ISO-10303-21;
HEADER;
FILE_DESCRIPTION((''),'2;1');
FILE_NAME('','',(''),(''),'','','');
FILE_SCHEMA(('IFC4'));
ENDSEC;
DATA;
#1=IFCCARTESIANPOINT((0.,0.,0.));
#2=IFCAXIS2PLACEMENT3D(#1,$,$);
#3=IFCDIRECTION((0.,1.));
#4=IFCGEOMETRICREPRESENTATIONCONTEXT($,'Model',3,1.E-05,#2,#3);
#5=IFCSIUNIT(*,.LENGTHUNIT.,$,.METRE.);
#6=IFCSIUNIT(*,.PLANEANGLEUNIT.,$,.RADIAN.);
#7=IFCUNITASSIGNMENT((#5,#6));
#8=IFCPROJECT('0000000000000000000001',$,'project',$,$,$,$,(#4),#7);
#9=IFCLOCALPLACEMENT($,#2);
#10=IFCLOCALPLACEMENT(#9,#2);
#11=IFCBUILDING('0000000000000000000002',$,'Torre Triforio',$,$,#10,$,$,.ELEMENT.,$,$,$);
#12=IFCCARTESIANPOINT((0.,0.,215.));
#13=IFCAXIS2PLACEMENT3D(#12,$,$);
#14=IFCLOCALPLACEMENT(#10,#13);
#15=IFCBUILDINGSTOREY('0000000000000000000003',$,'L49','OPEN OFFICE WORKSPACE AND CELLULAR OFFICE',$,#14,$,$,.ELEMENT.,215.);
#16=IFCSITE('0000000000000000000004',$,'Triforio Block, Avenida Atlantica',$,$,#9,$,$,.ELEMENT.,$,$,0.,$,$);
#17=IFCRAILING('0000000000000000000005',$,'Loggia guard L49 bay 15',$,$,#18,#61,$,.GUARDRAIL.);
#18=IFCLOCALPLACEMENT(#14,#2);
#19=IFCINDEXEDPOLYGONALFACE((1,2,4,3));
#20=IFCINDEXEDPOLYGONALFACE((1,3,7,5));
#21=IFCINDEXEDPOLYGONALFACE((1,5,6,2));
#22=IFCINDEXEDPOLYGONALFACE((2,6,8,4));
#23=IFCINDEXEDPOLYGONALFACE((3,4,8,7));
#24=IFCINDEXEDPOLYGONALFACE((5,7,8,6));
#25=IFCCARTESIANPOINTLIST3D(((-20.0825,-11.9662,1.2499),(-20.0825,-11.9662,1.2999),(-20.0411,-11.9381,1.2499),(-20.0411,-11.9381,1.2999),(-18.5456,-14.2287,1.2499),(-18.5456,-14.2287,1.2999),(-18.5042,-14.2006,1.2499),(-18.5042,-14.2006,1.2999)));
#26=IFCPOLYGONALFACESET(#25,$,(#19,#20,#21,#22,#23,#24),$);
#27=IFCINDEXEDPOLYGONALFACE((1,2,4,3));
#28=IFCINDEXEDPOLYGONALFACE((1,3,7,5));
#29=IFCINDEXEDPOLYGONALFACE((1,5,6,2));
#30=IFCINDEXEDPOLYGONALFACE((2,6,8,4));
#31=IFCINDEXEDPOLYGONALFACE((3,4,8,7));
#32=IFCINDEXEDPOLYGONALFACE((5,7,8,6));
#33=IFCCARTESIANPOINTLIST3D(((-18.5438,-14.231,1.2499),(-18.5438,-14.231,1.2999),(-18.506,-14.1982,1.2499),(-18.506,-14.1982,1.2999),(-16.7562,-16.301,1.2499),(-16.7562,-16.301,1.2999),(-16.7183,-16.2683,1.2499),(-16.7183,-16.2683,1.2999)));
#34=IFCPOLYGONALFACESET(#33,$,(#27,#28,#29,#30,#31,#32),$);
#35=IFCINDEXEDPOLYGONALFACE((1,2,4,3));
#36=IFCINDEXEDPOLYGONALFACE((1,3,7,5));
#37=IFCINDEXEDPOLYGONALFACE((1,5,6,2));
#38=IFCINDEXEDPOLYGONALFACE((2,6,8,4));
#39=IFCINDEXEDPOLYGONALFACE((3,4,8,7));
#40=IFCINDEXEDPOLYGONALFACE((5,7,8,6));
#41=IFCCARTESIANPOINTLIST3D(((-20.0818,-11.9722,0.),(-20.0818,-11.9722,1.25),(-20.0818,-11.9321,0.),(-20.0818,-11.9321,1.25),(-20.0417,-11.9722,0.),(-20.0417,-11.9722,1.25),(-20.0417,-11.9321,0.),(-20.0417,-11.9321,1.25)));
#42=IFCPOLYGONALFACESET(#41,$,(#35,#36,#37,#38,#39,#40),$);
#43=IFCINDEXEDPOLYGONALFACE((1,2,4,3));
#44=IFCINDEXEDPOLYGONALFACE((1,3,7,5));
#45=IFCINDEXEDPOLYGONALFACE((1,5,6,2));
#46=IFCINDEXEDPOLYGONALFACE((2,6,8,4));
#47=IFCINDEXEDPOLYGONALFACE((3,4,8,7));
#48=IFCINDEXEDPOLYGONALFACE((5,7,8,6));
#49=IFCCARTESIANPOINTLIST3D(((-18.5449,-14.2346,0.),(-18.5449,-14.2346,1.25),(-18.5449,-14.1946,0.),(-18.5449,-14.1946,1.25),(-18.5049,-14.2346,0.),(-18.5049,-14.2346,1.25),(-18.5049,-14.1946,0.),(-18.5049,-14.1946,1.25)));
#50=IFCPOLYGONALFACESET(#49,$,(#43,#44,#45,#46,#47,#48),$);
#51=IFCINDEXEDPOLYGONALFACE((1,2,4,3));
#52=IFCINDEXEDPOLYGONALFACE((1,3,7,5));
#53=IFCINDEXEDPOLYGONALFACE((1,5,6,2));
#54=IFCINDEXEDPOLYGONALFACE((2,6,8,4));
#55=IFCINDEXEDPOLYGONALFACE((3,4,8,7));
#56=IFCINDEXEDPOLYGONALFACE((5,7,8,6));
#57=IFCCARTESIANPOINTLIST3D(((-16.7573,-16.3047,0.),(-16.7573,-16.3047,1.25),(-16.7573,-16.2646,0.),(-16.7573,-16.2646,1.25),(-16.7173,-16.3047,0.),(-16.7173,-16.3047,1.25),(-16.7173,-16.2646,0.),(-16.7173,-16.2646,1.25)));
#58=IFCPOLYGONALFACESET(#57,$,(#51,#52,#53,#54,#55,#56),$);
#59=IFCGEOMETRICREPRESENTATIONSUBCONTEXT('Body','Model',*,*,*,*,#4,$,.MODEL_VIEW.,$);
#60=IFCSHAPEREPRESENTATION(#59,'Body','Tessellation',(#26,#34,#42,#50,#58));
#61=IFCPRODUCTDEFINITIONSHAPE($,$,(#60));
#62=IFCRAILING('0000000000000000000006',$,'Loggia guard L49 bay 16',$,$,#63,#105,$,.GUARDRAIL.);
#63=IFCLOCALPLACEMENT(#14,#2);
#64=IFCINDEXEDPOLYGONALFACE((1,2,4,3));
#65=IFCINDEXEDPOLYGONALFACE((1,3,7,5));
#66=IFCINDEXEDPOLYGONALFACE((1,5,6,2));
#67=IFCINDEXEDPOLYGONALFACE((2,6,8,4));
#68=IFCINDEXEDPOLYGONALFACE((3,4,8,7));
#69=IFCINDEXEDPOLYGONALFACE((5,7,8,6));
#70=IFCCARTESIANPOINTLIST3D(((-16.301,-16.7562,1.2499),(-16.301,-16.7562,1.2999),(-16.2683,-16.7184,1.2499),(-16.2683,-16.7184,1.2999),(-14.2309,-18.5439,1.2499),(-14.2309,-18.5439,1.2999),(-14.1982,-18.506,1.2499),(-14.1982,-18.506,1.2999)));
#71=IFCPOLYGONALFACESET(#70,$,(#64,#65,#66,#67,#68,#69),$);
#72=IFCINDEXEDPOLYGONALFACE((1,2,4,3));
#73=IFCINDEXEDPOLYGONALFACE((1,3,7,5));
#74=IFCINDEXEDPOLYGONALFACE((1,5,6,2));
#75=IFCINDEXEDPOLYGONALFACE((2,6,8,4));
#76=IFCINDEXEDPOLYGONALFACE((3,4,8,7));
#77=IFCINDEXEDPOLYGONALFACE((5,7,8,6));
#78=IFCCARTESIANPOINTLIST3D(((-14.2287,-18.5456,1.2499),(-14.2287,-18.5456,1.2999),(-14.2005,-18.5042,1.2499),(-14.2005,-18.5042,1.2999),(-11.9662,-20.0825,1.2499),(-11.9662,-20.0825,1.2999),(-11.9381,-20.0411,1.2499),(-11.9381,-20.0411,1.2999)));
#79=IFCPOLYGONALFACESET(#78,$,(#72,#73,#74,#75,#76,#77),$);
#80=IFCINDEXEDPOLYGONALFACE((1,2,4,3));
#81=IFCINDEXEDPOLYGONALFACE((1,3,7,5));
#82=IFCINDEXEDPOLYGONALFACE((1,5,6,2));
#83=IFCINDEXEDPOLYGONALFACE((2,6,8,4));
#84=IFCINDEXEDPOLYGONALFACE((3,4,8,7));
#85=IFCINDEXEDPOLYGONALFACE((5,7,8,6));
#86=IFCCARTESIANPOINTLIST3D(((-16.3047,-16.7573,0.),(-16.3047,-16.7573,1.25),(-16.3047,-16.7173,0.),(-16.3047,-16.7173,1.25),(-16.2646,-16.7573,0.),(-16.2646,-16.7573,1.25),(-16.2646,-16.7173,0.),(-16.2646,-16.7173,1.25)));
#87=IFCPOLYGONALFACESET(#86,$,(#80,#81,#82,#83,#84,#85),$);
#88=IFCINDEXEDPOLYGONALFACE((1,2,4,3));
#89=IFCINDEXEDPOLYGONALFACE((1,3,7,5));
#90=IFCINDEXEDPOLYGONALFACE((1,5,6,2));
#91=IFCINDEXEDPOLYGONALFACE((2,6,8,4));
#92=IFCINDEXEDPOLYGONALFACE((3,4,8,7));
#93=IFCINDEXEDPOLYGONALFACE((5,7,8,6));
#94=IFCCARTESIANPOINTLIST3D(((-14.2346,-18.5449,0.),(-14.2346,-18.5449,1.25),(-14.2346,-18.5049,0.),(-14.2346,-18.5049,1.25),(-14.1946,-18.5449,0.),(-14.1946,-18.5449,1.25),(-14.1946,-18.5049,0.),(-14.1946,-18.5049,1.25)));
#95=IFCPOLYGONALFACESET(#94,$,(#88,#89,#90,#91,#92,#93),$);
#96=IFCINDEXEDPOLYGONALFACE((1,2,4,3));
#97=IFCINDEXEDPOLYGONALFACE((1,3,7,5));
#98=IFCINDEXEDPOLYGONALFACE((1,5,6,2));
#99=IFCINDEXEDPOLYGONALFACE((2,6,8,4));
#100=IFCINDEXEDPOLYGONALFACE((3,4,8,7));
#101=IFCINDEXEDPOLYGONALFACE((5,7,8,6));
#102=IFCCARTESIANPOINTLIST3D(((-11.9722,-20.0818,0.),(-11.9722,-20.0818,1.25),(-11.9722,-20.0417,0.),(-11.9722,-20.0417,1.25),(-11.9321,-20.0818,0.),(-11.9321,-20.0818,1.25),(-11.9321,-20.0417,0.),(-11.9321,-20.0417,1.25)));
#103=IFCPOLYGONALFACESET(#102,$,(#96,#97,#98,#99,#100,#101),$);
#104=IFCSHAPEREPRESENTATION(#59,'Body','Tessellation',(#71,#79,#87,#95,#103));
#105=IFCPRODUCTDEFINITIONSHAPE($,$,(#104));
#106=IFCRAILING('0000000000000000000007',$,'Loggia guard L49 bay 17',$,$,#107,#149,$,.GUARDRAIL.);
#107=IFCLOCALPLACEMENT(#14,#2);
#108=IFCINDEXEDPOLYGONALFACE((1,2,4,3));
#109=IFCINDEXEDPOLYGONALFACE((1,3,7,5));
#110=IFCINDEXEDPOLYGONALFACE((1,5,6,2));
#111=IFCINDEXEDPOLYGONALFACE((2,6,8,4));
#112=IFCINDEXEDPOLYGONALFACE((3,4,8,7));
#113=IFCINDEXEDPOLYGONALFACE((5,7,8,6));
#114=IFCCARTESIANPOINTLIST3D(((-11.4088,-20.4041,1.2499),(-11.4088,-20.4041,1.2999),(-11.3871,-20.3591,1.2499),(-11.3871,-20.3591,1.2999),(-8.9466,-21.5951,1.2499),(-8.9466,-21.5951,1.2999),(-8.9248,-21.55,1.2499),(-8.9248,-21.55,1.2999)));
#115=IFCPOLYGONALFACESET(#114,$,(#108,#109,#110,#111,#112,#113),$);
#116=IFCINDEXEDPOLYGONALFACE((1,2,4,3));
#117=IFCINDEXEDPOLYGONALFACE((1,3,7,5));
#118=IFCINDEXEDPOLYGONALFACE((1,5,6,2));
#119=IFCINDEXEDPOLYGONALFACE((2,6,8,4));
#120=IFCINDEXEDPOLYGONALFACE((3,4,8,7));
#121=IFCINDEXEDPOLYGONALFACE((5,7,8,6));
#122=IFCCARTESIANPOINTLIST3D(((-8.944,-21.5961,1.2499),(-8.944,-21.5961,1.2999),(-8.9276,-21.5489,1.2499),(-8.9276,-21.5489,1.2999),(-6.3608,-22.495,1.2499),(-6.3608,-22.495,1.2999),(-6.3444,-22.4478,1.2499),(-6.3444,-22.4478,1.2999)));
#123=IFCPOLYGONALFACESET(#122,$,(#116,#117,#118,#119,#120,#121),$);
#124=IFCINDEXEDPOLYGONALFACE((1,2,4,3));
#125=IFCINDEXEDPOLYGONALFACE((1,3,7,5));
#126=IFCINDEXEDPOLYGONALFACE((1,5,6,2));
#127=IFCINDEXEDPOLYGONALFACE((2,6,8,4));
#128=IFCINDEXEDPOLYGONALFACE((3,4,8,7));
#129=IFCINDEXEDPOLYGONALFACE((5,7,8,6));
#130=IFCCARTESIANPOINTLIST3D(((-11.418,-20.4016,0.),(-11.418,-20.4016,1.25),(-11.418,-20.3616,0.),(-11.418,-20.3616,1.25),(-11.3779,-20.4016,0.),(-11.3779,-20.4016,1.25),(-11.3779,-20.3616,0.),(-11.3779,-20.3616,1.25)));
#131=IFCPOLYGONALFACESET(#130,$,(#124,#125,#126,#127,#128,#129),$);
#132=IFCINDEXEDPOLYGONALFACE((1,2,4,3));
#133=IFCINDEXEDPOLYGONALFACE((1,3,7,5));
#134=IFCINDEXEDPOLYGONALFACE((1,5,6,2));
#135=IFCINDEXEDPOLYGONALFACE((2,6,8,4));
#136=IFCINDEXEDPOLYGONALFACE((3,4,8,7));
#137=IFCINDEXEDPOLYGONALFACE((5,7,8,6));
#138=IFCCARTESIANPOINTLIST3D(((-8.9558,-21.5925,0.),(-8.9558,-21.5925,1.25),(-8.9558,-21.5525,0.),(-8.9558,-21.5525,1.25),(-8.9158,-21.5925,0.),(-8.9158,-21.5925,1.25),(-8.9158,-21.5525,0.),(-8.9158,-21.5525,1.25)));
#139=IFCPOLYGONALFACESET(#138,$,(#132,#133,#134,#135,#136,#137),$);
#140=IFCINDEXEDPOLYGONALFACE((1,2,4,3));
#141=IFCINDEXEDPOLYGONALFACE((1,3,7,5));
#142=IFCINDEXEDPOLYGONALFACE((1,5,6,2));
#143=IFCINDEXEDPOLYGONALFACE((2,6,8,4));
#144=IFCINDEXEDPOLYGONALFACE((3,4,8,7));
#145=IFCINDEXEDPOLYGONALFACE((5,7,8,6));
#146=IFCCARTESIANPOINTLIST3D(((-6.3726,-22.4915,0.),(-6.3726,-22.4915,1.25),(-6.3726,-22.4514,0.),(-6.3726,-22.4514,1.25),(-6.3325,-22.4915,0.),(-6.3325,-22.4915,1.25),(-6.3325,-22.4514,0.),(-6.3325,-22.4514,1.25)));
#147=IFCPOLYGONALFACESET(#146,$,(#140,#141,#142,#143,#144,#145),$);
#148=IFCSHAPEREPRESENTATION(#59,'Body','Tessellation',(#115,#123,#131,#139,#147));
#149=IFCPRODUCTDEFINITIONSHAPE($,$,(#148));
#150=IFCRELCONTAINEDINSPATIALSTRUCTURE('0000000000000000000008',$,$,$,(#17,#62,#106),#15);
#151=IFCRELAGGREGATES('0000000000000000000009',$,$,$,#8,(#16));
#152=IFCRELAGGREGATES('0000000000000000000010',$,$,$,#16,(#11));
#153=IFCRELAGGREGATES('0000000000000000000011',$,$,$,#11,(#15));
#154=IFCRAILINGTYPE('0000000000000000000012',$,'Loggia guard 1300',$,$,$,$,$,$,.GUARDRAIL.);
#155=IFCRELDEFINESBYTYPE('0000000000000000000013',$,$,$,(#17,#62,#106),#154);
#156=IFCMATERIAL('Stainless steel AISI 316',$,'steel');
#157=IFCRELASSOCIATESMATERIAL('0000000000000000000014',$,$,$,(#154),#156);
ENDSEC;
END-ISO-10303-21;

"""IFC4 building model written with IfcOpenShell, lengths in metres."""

from ifc_helpers import new_model, si_unit, direction, frame, origin, origin_2d, place, context, subcontext, project, spatial, rectangle, extrude, material, type_object, element, save


model = new_model("IFC4")

# Units and contexts
model_context = context("Model", 3, precision=1e-05, world=origin(), true_north=direction((0.0, 1.0)))
body_context = subcontext(model_context, "Body", "Model", "MODEL_VIEW")
ifc_project = project(units=[si_unit("LENGTHUNIT", "METRE"), si_unit("PLANEANGLEUNIT", "RADIAN")], contexts=[model_context])

# Site, building, storey
site_placement = place(None, origin())
site = spatial("IfcSite", under=ifc_project, at=site_placement, Name="Triforio Block, Avenida Atlantica", CompositionType="ELEMENT", RefElevation=0.0)
building_placement = place(site_placement, origin())
building = spatial("IfcBuilding", under=site, at=building_placement, Name="Torre Triforio", CompositionType="ELEMENT")
storey_placement = place(building_placement, frame((0.0, 0.0, 215.0)))
storey = spatial("IfcBuildingStorey", under=building, at=storey_placement, Name="L49", Description="OPEN OFFICE WORKSPACE AND CELLULAR OFFICE", CompositionType="ELEMENT", Elevation=215.0)

# Railings
ifc_material_1 = material(Name="Stainless steel AISI 316", Category="steel")
railing_type = type_object("IfcRailingType", Name="Loggia guard 1300", PredefinedType="GUARDRAIL", material=ifc_material_1)
railing_1_placement = place(storey_placement, frame((-20.0618, -11.9521, 0.0)))
element("IfcRailing", 1, at=railing_1_placement, inside=storey, type_object=railing_type, Name="Loggia guard L49 bay 15", PredefinedType="GUARDRAIL", context=body_context, shape_type="SweptSolid", body=[
    extrude(rectangle(XDim=0.05, YDim=0.05, at=origin_2d()), frame((0.0, 0.0, 1.2749), z_axis=(0.56191, -0.827199, 0.0), x_axis=(0.827199, 0.56191, 0.0)), (0.0, 0.0, 1.0), 2.7351),
    extrude(rectangle(XDim=0.05, YDim=0.05, at=origin_2d()), frame((1.5369, -2.2625, 1.2749), z_axis=(0.65358, -0.756857, 0.0), x_axis=(0.756857, 0.65358, 0.0)), (0.0, 0.0, 1.0), 2.7351),
    extrude(rectangle(XDim=0.04, YDim=0.04, at=origin_2d()), origin(), (0.0, 0.0, 1.0), 1.25),
    extrude(rectangle(XDim=0.04, YDim=0.04, at=origin_2d()), frame((1.5369, -2.2625, 0.0)), (0.0, 0.0, 1.0), 1.25),
    extrude(rectangle(XDim=0.04, YDim=0.04, at=origin_2d()), frame((3.3245, -4.3325, 0.0)), (0.0, 0.0, 1.0), 1.25),
])
railing_2_placement = place(storey_placement, frame((-16.2847, -16.7373, 0.0)))
element("IfcRailing", 2, at=railing_2_placement, inside=storey, type_object=railing_type, Name="Loggia guard L49 bay 16", PredefinedType="GUARDRAIL", context=body_context, shape_type="SweptSolid", body=[
    extrude(rectangle(XDim=0.05, YDim=0.05, at=origin_2d()), frame((0.0, 0.0, 1.2749), z_axis=(0.756857, -0.65358, 0.0), x_axis=(0.65358, 0.756857, 0.0)), (0.0, 0.0, 1.0), 2.7351),
    extrude(rectangle(XDim=0.05, YDim=0.05, at=origin_2d()), frame((2.0701, -1.7876, 1.2749), z_axis=(0.827199, -0.56191, 0.0), x_axis=(0.56191, 0.827199, 0.0)), (0.0, 0.0, 1.0), 2.7351),
    extrude(rectangle(XDim=0.04, YDim=0.04, at=origin_2d()), origin(), (0.0, 0.0, 1.0), 1.25),
    extrude(rectangle(XDim=0.04, YDim=0.04, at=origin_2d()), frame((2.0701, -1.7876, 0.0)), (0.0, 0.0, 1.0), 1.25),
    extrude(rectangle(XDim=0.04, YDim=0.04, at=origin_2d()), frame((4.3325, -3.3245, 0.0)), (0.0, 0.0, 1.0), 1.25),
])
railing_3_placement = place(storey_placement, frame((-11.3979, -20.3816, 0.0)))
element("IfcRailing", 3, at=railing_3_placement, inside=storey, type_object=railing_type, Name="Loggia guard L49 bay 17", PredefinedType="GUARDRAIL", context=body_context, shape_type="SweptSolid", body=[
    extrude(rectangle(XDim=0.05, YDim=0.05, at=origin_2d()), frame((0.0, 0.0, 1.2749), z_axis=(0.900224, -0.435428, 0.0), x_axis=(0.435428, 0.900224, 0.0)), (0.0, 0.0, 1.0), 2.7351),
    extrude(rectangle(XDim=0.05, YDim=0.05, at=origin_2d()), frame((2.4622, -1.1909, 1.2749), z_axis=(0.944451, -0.328652, 0.0), x_axis=(0.328652, 0.944451, 0.0)), (0.0, 0.0, 1.0), 2.7351),
    extrude(rectangle(XDim=0.04, YDim=0.04, at=origin_2d()), origin(), (0.0, 0.0, 1.0), 1.25),
    extrude(rectangle(XDim=0.04, YDim=0.04, at=origin_2d()), frame((2.4622, -1.1909, 0.0)), (0.0, 0.0, 1.0), 1.25),
    extrude(rectangle(XDim=0.04, YDim=0.04, at=origin_2d()), frame((5.0454, -2.0898, 0.0)), (0.0, 0.0, 1.0), 1.25),
])

save(model, "model.ifc")
